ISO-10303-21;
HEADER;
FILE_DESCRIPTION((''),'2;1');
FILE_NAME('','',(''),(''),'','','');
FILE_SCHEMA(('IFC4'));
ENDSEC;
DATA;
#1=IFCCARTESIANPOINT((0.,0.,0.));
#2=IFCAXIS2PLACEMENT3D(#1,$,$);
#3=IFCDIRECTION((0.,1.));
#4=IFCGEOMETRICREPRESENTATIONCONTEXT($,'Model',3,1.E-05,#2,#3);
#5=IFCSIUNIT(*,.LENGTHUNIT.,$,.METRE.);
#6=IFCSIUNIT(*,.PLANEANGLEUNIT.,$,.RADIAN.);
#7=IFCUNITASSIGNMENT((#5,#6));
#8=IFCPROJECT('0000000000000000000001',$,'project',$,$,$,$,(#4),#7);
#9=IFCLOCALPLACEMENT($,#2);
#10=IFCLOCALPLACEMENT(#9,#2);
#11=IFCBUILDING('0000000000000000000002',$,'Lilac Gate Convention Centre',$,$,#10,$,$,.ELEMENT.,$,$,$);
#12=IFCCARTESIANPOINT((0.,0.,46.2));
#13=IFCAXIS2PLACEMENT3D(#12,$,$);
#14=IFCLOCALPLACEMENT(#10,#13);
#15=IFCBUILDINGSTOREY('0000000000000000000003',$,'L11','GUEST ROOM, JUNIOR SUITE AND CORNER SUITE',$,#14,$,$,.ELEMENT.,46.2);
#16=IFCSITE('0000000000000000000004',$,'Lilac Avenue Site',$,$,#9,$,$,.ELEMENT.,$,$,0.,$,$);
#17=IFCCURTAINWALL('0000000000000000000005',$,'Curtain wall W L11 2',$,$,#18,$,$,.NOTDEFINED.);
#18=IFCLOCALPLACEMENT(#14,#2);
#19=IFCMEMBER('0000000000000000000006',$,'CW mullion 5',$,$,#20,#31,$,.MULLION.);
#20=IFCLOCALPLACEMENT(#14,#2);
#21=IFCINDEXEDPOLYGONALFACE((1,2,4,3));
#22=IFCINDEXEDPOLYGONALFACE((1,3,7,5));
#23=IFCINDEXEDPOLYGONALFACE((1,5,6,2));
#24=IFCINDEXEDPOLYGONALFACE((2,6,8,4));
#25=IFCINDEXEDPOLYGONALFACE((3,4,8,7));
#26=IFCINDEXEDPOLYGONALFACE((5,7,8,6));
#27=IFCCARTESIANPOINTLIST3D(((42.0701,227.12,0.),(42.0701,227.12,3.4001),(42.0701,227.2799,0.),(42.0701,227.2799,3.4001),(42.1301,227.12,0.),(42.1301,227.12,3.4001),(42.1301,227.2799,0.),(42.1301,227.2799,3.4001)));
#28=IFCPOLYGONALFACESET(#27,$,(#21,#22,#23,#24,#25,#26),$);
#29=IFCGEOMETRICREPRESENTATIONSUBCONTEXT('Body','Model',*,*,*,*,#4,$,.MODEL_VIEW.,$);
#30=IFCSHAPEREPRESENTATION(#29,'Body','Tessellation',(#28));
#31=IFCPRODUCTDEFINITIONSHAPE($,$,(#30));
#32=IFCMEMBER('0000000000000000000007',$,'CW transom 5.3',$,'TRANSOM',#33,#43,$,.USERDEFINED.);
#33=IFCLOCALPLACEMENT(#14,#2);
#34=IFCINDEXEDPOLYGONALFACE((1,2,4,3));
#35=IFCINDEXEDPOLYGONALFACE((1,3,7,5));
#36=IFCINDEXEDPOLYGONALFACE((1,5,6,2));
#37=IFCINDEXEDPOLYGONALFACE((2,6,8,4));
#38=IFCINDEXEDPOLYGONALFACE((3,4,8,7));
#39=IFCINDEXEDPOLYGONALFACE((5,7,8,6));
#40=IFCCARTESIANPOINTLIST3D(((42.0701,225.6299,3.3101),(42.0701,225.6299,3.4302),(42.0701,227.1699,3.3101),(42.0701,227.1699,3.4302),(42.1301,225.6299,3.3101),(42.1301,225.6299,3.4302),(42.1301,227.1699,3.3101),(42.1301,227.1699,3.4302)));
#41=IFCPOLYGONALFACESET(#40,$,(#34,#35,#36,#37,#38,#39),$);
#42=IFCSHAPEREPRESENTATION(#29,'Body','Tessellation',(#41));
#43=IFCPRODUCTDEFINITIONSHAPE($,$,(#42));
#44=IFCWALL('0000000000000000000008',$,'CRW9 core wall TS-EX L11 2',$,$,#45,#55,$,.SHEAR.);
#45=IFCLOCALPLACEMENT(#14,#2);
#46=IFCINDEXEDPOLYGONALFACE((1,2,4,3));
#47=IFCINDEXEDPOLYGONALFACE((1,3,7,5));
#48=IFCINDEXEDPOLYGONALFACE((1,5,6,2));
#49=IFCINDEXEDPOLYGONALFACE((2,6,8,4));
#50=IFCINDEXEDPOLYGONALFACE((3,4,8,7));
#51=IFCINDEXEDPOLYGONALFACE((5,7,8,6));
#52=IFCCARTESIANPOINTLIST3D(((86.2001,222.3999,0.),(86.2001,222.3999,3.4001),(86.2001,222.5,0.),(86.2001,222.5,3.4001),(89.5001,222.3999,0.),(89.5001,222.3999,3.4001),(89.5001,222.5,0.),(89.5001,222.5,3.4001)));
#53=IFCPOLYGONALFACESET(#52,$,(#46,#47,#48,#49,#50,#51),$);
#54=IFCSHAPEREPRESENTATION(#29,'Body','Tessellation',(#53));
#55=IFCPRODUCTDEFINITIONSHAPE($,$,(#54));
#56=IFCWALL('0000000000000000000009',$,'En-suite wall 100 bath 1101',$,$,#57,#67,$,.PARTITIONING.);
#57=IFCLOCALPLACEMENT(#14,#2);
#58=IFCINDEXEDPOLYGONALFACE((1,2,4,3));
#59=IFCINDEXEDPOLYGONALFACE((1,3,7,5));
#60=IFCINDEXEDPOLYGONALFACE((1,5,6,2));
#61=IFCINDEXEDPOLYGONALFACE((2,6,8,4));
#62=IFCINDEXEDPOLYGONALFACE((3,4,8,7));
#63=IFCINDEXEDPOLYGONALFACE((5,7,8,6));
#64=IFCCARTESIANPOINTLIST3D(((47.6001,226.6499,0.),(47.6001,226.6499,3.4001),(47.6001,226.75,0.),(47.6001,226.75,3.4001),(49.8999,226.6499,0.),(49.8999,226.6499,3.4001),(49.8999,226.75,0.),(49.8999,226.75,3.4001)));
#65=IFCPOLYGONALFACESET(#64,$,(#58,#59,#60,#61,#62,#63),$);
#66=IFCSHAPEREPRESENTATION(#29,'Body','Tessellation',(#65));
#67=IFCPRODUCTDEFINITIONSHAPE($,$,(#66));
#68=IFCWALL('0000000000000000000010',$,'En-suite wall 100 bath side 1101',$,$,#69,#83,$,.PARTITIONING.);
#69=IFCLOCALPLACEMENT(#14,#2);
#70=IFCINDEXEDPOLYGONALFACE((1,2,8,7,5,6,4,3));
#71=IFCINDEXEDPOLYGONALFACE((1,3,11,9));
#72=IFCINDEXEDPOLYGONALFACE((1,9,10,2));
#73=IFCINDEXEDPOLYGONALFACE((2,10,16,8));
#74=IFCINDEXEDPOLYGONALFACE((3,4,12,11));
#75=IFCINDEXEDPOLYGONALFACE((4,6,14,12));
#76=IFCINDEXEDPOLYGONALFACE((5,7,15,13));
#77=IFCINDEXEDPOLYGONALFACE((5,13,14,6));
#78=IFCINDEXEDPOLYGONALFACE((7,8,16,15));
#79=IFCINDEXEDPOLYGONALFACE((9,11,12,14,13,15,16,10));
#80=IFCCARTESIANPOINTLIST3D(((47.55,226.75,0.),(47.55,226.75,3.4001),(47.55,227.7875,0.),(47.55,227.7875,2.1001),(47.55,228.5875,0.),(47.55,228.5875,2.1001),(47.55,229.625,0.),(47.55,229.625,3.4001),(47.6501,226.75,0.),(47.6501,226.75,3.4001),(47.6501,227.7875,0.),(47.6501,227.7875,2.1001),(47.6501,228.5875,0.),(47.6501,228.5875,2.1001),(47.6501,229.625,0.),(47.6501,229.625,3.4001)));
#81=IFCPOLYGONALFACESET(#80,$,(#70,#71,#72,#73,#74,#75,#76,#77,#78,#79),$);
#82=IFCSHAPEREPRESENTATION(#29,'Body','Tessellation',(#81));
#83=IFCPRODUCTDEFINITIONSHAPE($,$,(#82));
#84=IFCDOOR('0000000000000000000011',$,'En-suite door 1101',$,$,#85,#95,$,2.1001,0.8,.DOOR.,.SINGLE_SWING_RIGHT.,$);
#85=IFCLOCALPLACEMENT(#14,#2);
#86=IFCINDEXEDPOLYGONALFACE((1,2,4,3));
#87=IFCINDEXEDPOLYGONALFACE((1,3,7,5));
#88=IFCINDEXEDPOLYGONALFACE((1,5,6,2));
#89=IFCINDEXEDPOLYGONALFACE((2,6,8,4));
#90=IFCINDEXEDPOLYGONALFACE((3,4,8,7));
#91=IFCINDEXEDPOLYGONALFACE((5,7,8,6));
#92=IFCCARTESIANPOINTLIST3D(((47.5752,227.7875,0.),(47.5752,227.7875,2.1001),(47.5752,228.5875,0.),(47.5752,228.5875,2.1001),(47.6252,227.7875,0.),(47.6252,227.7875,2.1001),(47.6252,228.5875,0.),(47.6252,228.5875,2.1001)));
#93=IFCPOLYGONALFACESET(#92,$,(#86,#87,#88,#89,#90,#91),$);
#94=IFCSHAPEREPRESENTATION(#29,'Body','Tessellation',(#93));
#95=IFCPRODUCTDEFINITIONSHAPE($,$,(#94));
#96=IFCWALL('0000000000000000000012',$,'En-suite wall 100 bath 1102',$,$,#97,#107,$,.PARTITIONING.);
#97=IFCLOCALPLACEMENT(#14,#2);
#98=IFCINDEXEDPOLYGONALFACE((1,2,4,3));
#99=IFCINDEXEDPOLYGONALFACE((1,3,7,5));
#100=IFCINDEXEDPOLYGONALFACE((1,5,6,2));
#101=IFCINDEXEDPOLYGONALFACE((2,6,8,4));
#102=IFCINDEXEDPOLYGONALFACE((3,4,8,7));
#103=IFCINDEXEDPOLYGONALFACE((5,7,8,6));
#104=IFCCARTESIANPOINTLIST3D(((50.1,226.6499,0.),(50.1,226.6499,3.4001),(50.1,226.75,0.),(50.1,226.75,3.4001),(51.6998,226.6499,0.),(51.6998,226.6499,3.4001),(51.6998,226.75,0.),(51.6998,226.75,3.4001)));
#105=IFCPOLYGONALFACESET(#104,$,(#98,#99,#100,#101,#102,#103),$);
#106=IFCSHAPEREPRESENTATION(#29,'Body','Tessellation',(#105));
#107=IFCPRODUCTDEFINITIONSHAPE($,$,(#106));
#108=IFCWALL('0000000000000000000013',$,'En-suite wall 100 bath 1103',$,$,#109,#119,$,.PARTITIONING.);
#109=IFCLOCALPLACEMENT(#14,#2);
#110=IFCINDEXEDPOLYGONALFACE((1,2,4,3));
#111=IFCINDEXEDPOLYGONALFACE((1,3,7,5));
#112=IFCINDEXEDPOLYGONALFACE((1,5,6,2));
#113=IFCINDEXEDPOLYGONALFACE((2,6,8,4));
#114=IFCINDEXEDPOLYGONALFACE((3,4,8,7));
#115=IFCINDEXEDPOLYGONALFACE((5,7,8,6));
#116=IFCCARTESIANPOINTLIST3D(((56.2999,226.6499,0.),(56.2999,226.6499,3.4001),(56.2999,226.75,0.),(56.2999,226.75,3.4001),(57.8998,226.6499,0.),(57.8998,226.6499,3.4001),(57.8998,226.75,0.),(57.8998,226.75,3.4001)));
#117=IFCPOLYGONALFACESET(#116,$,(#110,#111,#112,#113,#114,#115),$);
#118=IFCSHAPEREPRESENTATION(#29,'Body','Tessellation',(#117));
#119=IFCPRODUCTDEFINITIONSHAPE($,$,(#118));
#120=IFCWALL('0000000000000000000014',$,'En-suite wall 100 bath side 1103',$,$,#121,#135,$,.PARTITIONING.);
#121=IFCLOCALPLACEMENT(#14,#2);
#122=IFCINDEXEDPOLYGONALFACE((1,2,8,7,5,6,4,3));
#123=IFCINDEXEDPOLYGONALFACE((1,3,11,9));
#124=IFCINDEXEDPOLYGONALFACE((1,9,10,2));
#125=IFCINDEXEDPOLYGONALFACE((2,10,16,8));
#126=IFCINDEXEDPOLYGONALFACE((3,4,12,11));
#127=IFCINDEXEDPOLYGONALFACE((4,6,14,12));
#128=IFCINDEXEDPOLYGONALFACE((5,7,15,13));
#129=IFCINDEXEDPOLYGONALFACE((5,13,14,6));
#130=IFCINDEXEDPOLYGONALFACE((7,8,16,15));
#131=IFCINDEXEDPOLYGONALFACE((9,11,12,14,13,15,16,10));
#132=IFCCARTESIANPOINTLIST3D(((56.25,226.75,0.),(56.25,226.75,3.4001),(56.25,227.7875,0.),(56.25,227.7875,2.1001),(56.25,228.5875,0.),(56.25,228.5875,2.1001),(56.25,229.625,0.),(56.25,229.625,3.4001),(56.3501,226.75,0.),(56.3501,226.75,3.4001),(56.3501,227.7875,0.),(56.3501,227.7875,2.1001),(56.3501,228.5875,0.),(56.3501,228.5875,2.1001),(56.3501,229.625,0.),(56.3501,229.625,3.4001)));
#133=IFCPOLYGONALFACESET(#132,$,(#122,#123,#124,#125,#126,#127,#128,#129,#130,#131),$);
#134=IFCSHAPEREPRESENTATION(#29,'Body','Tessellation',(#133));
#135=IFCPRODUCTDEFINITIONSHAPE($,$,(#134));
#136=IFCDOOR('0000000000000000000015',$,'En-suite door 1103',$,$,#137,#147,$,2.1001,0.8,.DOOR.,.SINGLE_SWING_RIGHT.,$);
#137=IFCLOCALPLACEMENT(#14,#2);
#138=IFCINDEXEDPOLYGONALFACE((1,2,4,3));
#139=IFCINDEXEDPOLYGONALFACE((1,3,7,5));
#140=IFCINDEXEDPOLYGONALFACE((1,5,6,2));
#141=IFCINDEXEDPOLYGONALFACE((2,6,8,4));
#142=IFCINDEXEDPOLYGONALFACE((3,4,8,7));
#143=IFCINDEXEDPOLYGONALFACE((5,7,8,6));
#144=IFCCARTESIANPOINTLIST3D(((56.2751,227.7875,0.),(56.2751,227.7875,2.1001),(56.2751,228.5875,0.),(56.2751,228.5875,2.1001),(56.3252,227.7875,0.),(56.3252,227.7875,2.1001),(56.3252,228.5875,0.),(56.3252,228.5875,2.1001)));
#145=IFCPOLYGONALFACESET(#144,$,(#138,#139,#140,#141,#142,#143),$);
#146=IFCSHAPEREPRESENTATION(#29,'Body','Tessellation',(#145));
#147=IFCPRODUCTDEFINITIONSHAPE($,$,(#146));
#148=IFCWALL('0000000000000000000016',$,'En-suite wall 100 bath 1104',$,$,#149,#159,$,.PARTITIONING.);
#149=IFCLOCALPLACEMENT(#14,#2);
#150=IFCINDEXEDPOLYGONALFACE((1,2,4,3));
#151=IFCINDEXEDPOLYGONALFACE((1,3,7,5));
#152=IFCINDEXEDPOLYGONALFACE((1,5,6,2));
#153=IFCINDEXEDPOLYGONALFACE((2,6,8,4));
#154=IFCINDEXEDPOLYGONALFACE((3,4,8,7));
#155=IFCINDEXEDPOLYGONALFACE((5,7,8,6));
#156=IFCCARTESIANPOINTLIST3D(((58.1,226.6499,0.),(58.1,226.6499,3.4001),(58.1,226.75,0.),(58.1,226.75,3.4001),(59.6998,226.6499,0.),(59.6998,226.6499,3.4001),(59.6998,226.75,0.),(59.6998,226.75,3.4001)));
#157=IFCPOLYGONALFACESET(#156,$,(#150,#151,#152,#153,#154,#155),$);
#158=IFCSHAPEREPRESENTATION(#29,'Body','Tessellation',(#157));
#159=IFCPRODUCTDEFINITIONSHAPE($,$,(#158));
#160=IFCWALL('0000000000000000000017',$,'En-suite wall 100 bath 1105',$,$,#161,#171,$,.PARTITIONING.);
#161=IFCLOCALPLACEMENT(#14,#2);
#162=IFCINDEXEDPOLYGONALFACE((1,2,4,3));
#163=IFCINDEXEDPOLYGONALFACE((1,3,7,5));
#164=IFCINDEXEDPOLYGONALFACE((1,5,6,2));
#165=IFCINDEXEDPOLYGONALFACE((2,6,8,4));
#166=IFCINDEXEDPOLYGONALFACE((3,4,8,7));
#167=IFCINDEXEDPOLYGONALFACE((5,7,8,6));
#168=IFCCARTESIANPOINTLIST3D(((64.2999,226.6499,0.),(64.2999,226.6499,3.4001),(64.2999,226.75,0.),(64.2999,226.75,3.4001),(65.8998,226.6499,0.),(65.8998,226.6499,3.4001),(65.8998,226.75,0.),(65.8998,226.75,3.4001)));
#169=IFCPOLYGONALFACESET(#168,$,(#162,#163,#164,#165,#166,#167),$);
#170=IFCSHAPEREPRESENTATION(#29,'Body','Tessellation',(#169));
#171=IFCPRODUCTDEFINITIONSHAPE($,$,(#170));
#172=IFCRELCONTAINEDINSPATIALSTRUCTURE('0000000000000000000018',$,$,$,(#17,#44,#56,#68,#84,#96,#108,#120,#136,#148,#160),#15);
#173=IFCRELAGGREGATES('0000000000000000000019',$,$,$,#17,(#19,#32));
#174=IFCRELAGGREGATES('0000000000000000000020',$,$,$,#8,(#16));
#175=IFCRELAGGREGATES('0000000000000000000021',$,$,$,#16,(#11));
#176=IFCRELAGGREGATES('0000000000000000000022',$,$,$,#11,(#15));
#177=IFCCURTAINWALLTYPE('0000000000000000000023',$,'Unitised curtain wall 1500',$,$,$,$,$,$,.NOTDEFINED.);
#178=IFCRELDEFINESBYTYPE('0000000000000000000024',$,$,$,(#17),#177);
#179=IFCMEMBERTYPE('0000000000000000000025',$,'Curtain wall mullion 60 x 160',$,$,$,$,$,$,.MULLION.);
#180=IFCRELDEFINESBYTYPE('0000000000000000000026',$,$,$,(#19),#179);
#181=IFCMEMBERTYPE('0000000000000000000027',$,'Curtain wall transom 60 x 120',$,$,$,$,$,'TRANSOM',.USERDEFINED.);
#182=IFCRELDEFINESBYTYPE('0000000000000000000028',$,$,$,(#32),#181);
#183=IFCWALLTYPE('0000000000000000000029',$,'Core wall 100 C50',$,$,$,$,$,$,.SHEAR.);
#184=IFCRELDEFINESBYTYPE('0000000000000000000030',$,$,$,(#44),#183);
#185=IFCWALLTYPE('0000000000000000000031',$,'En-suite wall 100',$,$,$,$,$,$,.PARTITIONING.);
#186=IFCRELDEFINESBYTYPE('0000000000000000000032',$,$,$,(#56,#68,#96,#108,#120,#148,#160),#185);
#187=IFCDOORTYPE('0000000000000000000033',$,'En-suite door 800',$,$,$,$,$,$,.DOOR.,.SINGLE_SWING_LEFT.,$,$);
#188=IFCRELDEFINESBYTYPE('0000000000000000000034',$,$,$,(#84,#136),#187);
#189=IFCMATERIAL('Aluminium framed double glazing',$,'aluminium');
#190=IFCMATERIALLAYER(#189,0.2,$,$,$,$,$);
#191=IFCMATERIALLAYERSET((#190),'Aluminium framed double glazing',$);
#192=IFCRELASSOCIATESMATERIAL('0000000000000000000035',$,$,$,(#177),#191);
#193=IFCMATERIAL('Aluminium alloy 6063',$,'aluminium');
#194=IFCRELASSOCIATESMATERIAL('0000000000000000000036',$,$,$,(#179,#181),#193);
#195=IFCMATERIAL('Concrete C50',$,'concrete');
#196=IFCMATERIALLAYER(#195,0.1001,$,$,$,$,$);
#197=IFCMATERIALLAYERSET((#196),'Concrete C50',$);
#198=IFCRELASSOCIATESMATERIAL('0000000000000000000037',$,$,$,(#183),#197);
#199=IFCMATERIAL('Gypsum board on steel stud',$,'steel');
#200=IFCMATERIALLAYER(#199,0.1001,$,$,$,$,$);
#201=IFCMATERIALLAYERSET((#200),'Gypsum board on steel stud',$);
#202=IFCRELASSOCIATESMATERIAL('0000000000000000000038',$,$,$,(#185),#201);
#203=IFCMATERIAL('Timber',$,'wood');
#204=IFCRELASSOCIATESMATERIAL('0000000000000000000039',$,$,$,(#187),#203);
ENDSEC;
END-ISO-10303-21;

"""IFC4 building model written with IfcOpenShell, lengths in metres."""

from ifc_helpers import new_model, si_unit, direction, frame, frame_2d, origin, origin_2d, place, context, subcontext, project, spatial, rectangle, extrude, material, layer, layer_set, material_profile, profile_set, type_object, element, fill, aggregate, save


model = new_model("IFC4")

# Units and contexts
model_context = context("Model", 3, precision=1e-05, world=origin(), true_north=direction((0.0, 1.0)))
body_context = subcontext(model_context, "Body", "Model", "MODEL_VIEW")
ifc_project = project(units=[si_unit("LENGTHUNIT", "METRE"), si_unit("PLANEANGLEUNIT", "RADIAN")], contexts=[model_context])

# Site, building, storey
site_placement = place(None, origin())
site = spatial("IfcSite", under=ifc_project, at=site_placement, Name="Lilac Avenue Site", CompositionType="ELEMENT", RefElevation=0.0)
building_placement = place(site_placement, origin())
building = spatial("IfcBuilding", under=site, at=building_placement, Name="Lilac Gate Convention Centre", CompositionType="ELEMENT")
storey_placement = place(building_placement, frame((0.0, 0.0, 46.2)))
storey = spatial("IfcBuildingStorey", under=building, at=storey_placement, Name="L11", Description="GUEST ROOM, JUNIOR SUITE AND CORNER SUITE", CompositionType="ELEMENT", Elevation=46.2)

# Curtain wall, members
ifc_material_1 = material(Name="Aluminium framed double glazing", Category="aluminium")
ifc_layer_1 = layer(ifc_material_1, 0.2)
ifc_layer_set_1 = layer_set([ifc_layer_1], Name="Aluminium framed double glazing")
curtain_wall_type = type_object("IfcCurtainWallType", Name="Unitised curtain wall 1500", PredefinedType="NOTDEFINED", material=ifc_layer_set_1)
curtain_wall_placement = place(storey_placement, origin())
curtain_wall = element("IfcCurtainWall", 1, at=curtain_wall_placement, inside=storey, type_object=curtain_wall_type, Name="Curtain wall W L11 2", PredefinedType="NOTDEFINED")
ifc_material_2 = material(Name="Aluminium alloy 6063", Category="aluminium")
ifc_material_profile_1 = material_profile(ifc_material_2, rectangle(XDim=0.0601, YDim=0.1599, at=origin_2d()), Name="Curtain wall mullion 60 x 160")
ifc_profile_set_1 = profile_set([ifc_material_profile_1], Name="Aluminium alloy 6063")
member_type_1 = type_object("IfcMemberType", Name="Curtain wall mullion 60 x 160", PredefinedType="MULLION", material=ifc_profile_set_1)
member_1_placement = place(storey_placement, frame((42.1001, 227.2, 0.0), z_axis=(0.0, 0.0, 1.0), x_axis=(1.0, 0.0, 0.0)))
member_1 = element("IfcMember", 2, at=member_1_placement, type_object=member_type_1, Name="CW mullion 5", PredefinedType="MULLION", context=body_context, shape_type="SweptSolid", body=[
    extrude(rectangle(XDim=0.0601, YDim=0.1599, at=origin_2d()), origin(), (0.0, 0.0, 1.0), 3.4001),
])
ifc_material_profile_2 = material_profile(ifc_material_2, rectangle(XDim=0.0601, YDim=0.1201, at=origin_2d()), Name="Curtain wall transom 60 x 120")
ifc_profile_set_2 = profile_set([ifc_material_profile_2], Name="Aluminium alloy 6063")
member_type_2 = type_object("IfcMemberType", Name="Curtain wall transom 60 x 120", ElementType="TRANSOM", PredefinedType="USERDEFINED", material=ifc_profile_set_2)
member_2_placement = place(storey_placement, frame((42.1001, 227.1699, 3.3701), z_axis=(0.0, -1.0, 0.0), x_axis=(1.0, 0.0, 0.0)))
member_2 = element("IfcMember", 3, at=member_2_placement, type_object=member_type_2, Name="CW transom 5.3", ObjectType="TRANSOM", PredefinedType="USERDEFINED", context=body_context, shape_type="SweptSolid", body=[
    extrude(rectangle(XDim=0.0601, YDim=0.1201, at=origin_2d()), origin(), (0.0, 0.0, 1.0), 1.54),
])
aggregate(curtain_wall, [member_1, member_2])

# Walls
ifc_material_3 = material(Name="Concrete C50", Category="concrete")
ifc_layer_2 = layer(ifc_material_3, 0.1001)
ifc_layer_set_2 = layer_set([ifc_layer_2], Name="Concrete C50")
wall_type_1 = type_object("IfcWallType", Name="Core wall 100 C50", PredefinedType="SHEAR", material=ifc_layer_set_2)
wall_1_placement = place(storey_placement, frame((89.5, 222.45, 0.0), z_axis=(0.0, 0.0, 1.0), x_axis=(-1.0, 0.0, 0.0)))
element("IfcWall", 4, at=wall_1_placement, inside=storey, type_object=wall_type_1, Name="CRW9 core wall TS-EX L11 2", PredefinedType="SHEAR", context=body_context, shape_type="SweptSolid", body=[
    extrude(rectangle(XDim=3.3, YDim=0.1001, at=frame_2d((1.6499, 0.0))), origin(), (0.0, 0.0, 1.0), 3.4001),
])
ifc_material_4 = material(Name="Gypsum board on steel stud", Category="steel")
ifc_layer_3 = layer(ifc_material_4, 0.1001)
ifc_layer_set_3 = layer_set([ifc_layer_3], Name="Gypsum board on steel stud")
wall_type_2 = type_object("IfcWallType", Name="En-suite wall 100", PredefinedType="PARTITIONING", material=ifc_layer_set_3)
wall_2_placement = place(storey_placement, frame((47.6001, 226.7, 0.0), z_axis=(0.0, 0.0, 1.0), x_axis=(1.0, 0.0, 0.0)))
element("IfcWall", 5, at=wall_2_placement, inside=storey, type_object=wall_type_2, Name="En-suite wall 100 bath 1101", PredefinedType="PARTITIONING", context=body_context, shape_type="SweptSolid", body=[
    extrude(rectangle(XDim=2.2998, YDim=0.1001, at=frame_2d((1.1499, 0.0))), origin(), (0.0, 0.0, 1.0), 3.4001),
])

# Wall, opening, door
wall_3_placement = place(storey_placement, frame((47.6001, 226.75, 0.0), z_axis=(0.0, 0.0, 1.0), x_axis=(0.0, 1.0, 0.0)))
wall_3 = element("IfcWall", 6, at=wall_3_placement, inside=storey, type_object=wall_type_2, Name="En-suite wall 100 bath side 1101", PredefinedType="PARTITIONING", context=body_context, shape_type="SweptSolid", body=[
    extrude(rectangle(XDim=2.875, YDim=0.1001, at=frame_2d((1.4375, 0.0))), origin(), (0.0, 0.0, 1.0), 3.4001),
])
opening_1_placement = place(wall_3_placement, frame((1.0376, 0.0, 0.0)))
opening_1 = element("IfcOpeningElement", 7, at=opening_1_placement, cuts=wall_3, PredefinedType="OPENING", context=body_context, shape_type="SweptSolid", body=[
    extrude(rectangle(XDim=0.8, YDim=2.1001, at=frame_2d((0.3999, 1.05))), frame((0.0, 0.0601, 0.0), z_axis=(0.0, -1.0, 0.0), x_axis=(1.0, 0.0, 0.0)), (0.0, 0.0, 1.0), 0.1201),
])
ifc_material_5 = material(Name="Timber", Category="wood")
door_type = type_object("IfcDoorType", Name="En-suite door 800", OperationType="SINGLE_SWING_LEFT", PredefinedType="DOOR", material=ifc_material_5)
door_1_placement = place(opening_1_placement, origin())
door_1 = element("IfcDoor", 8, at=door_1_placement, inside=storey, type_object=door_type, Name="En-suite door 1101", OperationType="SINGLE_SWING_RIGHT", OverallHeight=2.1001, OverallWidth=0.8, PredefinedType="DOOR", context=body_context, shape_type="SweptSolid", body=[
    extrude(rectangle(XDim=0.8, YDim=2.1001, at=frame_2d((0.3999, 1.05))), frame((0.0, 0.0249, 0.0), z_axis=(0.0, -1.0, 0.0), x_axis=(1.0, 0.0, 0.0)), (0.0, 0.0, 1.0), 0.05),
])
fill(opening_1, door_1)

# Walls
for number, where, z_axis, x_axis, name in (
    (9, (50.1001, 226.7, 0.0), (0.0, 0.0, 1.0), (1.0, 0.0, 0.0), "En-suite wall 100 bath 1102"),
    (10, (56.3, 226.7, 0.0), (0.0, 0.0, 1.0), (1.0, 0.0, 0.0), "En-suite wall 100 bath 1103"),
):
    element("IfcWall", number, at=place(storey_placement, frame(where, z_axis=z_axis, x_axis=x_axis)), inside=storey, type_object=wall_type_2, Name=name, PredefinedType="PARTITIONING", context=body_context, shape_type="SweptSolid", body=[
        extrude(rectangle(XDim=1.5999, YDim=0.1001, at=frame_2d((0.7998, 0.0))), origin(), (0.0, 0.0, 1.0), 3.4001),
    ])

# Wall, opening, door
wall_4_placement = place(storey_placement, frame((56.3, 226.75, 0.0), z_axis=(0.0, 0.0, 1.0), x_axis=(0.0, 1.0, 0.0)))
wall_4 = element("IfcWall", 11, at=wall_4_placement, inside=storey, type_object=wall_type_2, Name="En-suite wall 100 bath side 1103", PredefinedType="PARTITIONING", context=body_context, shape_type="SweptSolid", body=[
    extrude(rectangle(XDim=2.875, YDim=0.1001, at=frame_2d((1.4375, 0.0))), origin(), (0.0, 0.0, 1.0), 3.4001),
])
opening_2_placement = place(wall_4_placement, frame((1.0376, 0.0, 0.0)))
opening_2 = element("IfcOpeningElement", 12, at=opening_2_placement, cuts=wall_4, PredefinedType="OPENING", context=body_context, shape_type="SweptSolid", body=[
    extrude(rectangle(XDim=0.8, YDim=2.1001, at=frame_2d((0.3999, 1.05))), frame((0.0, 0.0601, 0.0), z_axis=(0.0, -1.0, 0.0), x_axis=(1.0, 0.0, 0.0)), (0.0, 0.0, 1.0), 0.1201),
])
door_2_placement = place(opening_2_placement, origin())
door_2 = element("IfcDoor", 13, at=door_2_placement, inside=storey, type_object=door_type, Name="En-suite door 1103", OperationType="SINGLE_SWING_RIGHT", OverallHeight=2.1001, OverallWidth=0.8, PredefinedType="DOOR", context=body_context, shape_type="SweptSolid", body=[
    extrude(rectangle(XDim=0.8, YDim=2.1001, at=frame_2d((0.3999, 1.05))), frame((0.0, 0.0249, 0.0), z_axis=(0.0, -1.0, 0.0), x_axis=(1.0, 0.0, 0.0)), (0.0, 0.0, 1.0), 0.05),
])
fill(opening_2, door_2)

# Walls
for number, where, z_axis, x_axis, name in (
    (14, (58.1001, 226.7, 0.0), (0.0, 0.0, 1.0), (1.0, 0.0, 0.0), "En-suite wall 100 bath 1104"),
    (15, (64.3, 226.7, 0.0), (0.0, 0.0, 1.0), (1.0, 0.0, 0.0), "En-suite wall 100 bath 1105"),
):
    element("IfcWall", number, at=place(storey_placement, frame(where, z_axis=z_axis, x_axis=x_axis)), inside=storey, type_object=wall_type_2, Name=name, PredefinedType="PARTITIONING", context=body_context, shape_type="SweptSolid", body=[
        extrude(rectangle(XDim=1.5999, YDim=0.1001, at=frame_2d((0.7998, 0.0))), origin(), (0.0, 0.0, 1.0), 3.4001),
    ])

save(model, "model.ifc")
